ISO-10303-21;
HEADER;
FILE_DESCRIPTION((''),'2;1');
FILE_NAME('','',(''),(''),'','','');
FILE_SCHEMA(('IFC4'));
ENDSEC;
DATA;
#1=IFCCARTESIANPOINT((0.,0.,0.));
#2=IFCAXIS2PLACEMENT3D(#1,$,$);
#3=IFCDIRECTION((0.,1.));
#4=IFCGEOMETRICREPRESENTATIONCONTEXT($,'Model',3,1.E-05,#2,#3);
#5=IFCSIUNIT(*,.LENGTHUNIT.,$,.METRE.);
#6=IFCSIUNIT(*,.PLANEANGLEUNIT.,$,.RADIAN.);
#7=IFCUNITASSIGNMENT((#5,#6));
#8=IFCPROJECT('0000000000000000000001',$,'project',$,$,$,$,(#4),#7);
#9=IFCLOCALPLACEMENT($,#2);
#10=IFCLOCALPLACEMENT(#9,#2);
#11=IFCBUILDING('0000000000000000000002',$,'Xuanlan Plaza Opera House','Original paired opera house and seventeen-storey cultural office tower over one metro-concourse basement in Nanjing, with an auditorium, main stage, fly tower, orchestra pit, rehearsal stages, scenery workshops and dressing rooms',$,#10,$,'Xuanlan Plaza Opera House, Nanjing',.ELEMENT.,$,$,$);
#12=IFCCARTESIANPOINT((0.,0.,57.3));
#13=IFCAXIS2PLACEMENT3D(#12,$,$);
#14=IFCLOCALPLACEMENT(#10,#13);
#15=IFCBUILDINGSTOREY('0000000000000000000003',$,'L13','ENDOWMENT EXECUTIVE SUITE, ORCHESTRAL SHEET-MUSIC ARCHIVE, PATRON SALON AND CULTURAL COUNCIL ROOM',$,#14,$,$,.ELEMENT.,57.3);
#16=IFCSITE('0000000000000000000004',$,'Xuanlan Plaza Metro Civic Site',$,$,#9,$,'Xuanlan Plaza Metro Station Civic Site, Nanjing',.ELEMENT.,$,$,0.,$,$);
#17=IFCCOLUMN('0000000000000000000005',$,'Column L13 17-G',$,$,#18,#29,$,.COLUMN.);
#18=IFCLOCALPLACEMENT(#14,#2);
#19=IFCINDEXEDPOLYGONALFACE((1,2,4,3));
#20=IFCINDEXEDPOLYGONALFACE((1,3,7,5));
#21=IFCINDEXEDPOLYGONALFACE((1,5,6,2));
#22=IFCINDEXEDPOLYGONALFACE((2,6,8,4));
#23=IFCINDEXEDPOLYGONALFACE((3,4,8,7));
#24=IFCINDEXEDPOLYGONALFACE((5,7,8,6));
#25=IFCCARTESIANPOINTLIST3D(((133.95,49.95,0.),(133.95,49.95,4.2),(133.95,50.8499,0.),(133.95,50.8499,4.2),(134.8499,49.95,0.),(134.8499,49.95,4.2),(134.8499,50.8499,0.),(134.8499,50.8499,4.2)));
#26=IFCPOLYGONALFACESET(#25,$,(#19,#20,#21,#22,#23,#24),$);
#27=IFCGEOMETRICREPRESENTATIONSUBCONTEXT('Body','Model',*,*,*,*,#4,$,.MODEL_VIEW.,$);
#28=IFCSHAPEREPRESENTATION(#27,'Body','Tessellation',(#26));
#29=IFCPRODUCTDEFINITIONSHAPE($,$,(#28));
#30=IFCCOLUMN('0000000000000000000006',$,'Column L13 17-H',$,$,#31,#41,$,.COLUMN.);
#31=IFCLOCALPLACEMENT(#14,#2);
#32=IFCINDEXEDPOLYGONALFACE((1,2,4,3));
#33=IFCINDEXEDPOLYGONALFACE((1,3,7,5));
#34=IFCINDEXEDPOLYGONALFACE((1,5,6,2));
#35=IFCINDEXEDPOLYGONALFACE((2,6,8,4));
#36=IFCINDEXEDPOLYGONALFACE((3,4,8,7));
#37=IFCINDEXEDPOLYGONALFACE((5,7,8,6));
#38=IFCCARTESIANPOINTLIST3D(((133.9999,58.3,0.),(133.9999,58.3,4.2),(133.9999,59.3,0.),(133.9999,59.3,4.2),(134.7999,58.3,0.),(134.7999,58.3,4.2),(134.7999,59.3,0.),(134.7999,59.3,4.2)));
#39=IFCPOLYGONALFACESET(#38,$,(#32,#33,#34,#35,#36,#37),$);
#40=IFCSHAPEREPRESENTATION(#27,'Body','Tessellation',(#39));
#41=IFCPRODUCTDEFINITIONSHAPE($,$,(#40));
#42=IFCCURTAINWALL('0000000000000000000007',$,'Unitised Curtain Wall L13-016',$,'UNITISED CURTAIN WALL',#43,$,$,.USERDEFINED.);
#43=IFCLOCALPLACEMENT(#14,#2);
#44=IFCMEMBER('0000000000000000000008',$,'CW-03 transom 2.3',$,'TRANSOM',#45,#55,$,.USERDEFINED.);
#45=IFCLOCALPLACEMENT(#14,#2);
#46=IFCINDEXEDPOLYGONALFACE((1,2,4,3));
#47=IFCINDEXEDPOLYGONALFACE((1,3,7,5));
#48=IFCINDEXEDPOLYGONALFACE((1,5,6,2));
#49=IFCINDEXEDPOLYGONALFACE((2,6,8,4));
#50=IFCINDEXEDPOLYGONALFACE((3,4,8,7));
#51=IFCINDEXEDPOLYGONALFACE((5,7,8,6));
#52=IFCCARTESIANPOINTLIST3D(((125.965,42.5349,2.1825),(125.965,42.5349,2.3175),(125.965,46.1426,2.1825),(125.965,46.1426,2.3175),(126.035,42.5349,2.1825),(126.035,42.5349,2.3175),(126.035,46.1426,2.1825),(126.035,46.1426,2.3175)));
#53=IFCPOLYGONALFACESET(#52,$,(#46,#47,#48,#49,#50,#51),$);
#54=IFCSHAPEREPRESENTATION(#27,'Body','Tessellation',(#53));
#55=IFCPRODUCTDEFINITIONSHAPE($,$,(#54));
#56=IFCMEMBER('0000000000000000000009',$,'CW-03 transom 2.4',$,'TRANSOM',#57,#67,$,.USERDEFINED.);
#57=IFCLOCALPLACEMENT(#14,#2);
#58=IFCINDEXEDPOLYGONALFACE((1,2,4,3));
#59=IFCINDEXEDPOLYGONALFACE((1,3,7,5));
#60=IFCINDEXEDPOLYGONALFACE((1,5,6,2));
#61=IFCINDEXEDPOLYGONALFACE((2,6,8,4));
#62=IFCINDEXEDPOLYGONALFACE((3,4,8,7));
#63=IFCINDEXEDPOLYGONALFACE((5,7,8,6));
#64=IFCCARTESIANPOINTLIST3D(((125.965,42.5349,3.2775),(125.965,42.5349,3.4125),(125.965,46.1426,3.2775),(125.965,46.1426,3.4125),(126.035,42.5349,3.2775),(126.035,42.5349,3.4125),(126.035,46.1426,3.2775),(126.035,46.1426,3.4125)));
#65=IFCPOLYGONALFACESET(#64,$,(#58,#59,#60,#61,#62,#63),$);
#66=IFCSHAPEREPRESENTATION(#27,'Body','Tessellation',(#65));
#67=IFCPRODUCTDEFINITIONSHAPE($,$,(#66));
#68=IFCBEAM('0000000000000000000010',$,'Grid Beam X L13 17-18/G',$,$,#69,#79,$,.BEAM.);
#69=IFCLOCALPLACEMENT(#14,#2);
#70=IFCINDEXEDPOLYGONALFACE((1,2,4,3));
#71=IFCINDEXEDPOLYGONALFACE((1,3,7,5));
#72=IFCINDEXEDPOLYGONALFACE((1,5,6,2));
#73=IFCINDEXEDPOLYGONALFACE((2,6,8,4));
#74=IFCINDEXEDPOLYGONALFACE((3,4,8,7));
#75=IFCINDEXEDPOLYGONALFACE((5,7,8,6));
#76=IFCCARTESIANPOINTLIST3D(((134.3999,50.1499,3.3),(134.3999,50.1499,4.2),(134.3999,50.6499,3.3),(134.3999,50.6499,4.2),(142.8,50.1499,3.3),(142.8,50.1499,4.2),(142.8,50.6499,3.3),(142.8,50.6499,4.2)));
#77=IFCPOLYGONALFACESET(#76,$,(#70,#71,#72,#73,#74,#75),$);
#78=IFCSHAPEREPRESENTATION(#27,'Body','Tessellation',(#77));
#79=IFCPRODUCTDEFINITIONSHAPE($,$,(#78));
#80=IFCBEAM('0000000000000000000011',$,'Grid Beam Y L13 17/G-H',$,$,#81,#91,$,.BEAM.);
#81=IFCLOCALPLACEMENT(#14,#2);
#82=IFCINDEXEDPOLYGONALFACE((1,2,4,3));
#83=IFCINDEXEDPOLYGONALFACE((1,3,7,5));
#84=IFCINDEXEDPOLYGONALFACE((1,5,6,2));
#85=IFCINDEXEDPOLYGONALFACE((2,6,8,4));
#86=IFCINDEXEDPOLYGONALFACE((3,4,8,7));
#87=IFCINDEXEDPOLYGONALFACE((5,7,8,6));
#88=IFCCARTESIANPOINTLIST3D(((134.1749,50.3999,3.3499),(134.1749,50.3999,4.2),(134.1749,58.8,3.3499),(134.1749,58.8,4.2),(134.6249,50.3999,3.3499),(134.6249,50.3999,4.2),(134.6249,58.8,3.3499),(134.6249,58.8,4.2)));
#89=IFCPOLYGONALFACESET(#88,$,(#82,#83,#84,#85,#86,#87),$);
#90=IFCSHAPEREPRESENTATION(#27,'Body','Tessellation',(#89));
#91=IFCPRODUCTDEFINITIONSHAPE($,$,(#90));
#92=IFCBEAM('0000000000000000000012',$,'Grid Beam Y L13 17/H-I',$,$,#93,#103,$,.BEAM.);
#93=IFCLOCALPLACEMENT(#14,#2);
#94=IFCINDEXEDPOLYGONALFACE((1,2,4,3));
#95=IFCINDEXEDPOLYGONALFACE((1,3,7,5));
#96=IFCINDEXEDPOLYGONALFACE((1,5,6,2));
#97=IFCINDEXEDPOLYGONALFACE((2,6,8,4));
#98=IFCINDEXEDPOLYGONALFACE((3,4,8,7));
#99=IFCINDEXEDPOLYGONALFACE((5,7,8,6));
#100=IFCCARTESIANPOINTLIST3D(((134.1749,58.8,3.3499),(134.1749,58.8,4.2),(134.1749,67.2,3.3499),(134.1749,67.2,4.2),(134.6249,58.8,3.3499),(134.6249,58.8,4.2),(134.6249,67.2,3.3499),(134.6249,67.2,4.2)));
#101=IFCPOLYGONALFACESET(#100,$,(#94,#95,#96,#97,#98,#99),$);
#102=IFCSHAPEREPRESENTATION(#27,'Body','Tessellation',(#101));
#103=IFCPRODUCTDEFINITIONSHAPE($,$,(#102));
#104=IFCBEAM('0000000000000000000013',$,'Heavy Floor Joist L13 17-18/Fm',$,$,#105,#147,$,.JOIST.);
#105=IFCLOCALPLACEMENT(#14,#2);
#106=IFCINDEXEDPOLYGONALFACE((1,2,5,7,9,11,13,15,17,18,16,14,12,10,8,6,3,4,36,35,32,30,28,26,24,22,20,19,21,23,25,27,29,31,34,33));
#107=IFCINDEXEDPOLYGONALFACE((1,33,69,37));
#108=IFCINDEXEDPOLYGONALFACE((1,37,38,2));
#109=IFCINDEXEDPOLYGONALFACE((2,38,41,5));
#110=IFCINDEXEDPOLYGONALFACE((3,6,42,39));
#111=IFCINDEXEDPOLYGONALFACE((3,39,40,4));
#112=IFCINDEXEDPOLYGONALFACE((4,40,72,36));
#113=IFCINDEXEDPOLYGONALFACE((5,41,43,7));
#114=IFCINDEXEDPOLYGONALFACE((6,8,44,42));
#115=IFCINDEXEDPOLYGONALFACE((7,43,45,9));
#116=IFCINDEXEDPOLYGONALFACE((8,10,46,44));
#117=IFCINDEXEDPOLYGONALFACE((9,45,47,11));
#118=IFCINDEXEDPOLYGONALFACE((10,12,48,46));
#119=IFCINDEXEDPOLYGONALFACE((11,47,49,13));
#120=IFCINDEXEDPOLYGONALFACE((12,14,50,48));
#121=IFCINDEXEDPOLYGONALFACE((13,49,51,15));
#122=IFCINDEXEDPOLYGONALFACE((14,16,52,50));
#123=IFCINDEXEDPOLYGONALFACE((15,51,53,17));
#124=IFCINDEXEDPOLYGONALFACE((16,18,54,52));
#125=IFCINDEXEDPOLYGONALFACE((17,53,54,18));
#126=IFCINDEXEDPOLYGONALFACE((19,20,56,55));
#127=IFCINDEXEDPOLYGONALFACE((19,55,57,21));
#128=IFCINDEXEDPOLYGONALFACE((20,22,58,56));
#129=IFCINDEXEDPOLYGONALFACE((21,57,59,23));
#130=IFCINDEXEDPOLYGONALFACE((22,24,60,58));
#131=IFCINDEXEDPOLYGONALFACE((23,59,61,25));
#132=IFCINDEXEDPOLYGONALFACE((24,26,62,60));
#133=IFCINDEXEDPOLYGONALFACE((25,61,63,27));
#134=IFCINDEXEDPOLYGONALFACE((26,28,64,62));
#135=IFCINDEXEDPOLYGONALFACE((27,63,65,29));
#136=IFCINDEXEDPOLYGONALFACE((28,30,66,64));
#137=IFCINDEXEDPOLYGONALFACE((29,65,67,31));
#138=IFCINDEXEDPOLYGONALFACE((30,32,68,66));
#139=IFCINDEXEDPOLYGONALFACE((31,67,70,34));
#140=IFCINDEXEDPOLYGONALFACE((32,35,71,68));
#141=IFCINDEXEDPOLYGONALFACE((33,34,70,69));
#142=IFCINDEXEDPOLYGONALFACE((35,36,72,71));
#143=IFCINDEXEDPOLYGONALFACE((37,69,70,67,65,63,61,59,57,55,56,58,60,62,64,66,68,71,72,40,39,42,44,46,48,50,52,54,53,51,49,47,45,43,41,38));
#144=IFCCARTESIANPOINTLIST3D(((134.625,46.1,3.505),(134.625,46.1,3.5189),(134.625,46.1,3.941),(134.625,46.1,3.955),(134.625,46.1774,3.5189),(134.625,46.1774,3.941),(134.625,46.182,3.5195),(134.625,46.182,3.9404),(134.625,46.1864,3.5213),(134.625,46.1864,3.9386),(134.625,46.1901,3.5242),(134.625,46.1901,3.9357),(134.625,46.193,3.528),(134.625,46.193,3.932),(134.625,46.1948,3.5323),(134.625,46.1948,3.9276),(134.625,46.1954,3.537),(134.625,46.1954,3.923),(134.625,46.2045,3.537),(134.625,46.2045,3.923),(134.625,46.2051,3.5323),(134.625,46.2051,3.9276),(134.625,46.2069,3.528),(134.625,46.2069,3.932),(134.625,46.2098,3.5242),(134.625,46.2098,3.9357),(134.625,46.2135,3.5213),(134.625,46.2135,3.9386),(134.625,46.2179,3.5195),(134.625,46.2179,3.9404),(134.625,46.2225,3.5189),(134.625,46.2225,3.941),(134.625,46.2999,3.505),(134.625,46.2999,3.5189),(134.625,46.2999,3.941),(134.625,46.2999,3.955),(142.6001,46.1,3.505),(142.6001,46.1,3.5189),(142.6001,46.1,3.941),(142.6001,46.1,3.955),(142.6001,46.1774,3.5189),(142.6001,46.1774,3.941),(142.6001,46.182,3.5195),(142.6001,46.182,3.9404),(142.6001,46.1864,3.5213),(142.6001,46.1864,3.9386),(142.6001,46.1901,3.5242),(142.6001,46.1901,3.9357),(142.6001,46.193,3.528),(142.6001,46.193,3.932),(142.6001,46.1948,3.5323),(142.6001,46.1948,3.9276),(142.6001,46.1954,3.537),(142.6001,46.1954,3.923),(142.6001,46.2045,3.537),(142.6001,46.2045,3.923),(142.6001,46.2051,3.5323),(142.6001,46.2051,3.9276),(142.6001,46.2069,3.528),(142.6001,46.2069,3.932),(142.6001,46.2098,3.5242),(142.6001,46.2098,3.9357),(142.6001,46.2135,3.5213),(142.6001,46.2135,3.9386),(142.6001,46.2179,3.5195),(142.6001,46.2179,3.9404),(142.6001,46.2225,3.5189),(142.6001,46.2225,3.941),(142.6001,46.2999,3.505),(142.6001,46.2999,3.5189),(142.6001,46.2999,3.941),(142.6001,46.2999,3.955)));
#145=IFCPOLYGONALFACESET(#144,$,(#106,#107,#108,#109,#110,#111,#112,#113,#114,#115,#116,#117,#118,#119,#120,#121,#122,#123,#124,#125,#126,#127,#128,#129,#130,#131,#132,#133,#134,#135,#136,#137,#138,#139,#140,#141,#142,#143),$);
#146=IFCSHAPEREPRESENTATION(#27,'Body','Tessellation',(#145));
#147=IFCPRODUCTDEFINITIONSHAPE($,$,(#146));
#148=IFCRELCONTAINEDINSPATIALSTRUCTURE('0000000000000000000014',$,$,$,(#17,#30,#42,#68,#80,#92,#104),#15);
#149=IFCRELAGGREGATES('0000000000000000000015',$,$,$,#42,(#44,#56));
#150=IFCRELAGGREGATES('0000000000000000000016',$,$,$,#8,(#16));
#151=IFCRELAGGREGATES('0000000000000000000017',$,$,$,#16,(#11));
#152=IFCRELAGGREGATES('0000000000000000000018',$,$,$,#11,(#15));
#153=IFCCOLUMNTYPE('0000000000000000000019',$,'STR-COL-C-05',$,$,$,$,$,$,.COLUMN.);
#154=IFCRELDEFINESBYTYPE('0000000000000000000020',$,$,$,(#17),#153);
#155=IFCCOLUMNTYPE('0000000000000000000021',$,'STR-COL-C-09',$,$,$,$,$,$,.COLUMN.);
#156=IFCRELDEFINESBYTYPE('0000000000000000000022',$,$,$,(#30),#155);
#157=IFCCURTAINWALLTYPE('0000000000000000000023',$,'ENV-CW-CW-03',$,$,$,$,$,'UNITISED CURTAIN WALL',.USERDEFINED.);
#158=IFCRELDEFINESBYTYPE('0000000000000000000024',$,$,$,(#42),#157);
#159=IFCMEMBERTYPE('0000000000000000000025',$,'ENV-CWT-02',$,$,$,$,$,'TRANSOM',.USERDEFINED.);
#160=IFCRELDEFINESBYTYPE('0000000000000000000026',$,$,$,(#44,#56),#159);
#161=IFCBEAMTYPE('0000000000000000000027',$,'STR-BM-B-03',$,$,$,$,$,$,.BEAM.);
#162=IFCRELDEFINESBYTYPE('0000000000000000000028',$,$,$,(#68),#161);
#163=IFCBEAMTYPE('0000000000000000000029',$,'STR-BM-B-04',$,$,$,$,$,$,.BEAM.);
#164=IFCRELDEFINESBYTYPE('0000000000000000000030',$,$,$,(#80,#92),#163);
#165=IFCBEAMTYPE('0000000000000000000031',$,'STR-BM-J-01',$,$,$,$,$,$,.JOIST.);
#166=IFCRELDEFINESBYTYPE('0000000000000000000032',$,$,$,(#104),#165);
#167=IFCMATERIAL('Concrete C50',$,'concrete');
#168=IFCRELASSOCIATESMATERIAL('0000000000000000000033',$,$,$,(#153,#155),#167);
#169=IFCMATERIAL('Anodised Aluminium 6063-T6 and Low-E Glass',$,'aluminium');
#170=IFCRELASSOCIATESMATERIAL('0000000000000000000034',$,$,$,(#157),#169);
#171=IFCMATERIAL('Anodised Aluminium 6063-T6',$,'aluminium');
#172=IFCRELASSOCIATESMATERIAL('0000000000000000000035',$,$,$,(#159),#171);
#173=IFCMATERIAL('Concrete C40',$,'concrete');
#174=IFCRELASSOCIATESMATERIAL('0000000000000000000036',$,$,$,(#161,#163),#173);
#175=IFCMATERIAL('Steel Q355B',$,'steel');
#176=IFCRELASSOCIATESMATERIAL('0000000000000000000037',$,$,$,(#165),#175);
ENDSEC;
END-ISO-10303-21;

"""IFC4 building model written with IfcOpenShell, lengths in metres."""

from ifc_helpers import new_model, si_unit, direction, frame, origin, origin_2d, place, context, subcontext, project, spatial, rectangle, i_section, extrude, material, material_profile, profile_set, type_object, element, aggregate, save


model = new_model("IFC4")

# Units and contexts
model_context = context("Model", 3, precision=1e-05, world=origin(), true_north=direction((0.0, 1.0)))
body_context = subcontext(model_context, "Body", "Model", "MODEL_VIEW")
ifc_project = project(units=[si_unit("LENGTHUNIT", "METRE"), si_unit("PLANEANGLEUNIT", "RADIAN")], contexts=[model_context])

# Site, building, storey
site_placement = place(None, origin())
site = spatial("IfcSite", under=ifc_project, at=site_placement, Name="Xuanlan Plaza Metro Civic Site", LongName="Xuanlan Plaza Metro Station Civic Site, Nanjing", CompositionType="ELEMENT", RefElevation=0.0)
building_placement = place(site_placement, origin())
building = spatial("IfcBuilding", under=site, at=building_placement, Name="Xuanlan Plaza Opera House", Description="Original paired opera house and seventeen-storey cultural office tower over one metro-concourse basement in Nanjing, with an auditorium, main stage, fly tower, orchestra pit, rehearsal stages, scenery workshops and dressing rooms", LongName="Xuanlan Plaza Opera House, Nanjing", CompositionType="ELEMENT")
storey_placement = place(building_placement, frame((0.0, 0.0, 57.3)))
storey = spatial("IfcBuildingStorey", under=building, at=storey_placement, Name="L13", Description="ENDOWMENT EXECUTIVE SUITE, ORCHESTRAL SHEET-MUSIC ARCHIVE, PATRON SALON AND CULTURAL COUNCIL ROOM", CompositionType="ELEMENT", Elevation=57.3)

# Columns
ifc_material_1 = material(Name="Concrete C50", Category="concrete")
ifc_material_profile_1 = material_profile(ifc_material_1, rectangle(XDim=0.8999, YDim=0.8999, at=origin_2d()), Name="RC-COL 900x900")
ifc_profile_set_1 = profile_set([ifc_material_profile_1], Name="Concrete C50")
column_type_1 = type_object("IfcColumnType", Name="STR-COL-C-05", PredefinedType="COLUMN", material=ifc_profile_set_1)
column_1_placement = place(storey_placement, frame((134.3999, 50.3999, 0.0), z_axis=(0.0, 0.0, 1.0), x_axis=(1.0, 0.0, 0.0)))
element("IfcColumn", 1, at=column_1_placement, inside=storey, type_object=column_type_1, Name="Column L13 17-G", PredefinedType="COLUMN", context=body_context, shape_type="SweptSolid", body=[
    extrude(rectangle(XDim=0.8999, YDim=0.8999, at=origin_2d()), origin(), (0.0, 0.0, 1.0), 4.2),
])
ifc_material_profile_2 = material_profile(ifc_material_1, rectangle(XDim=0.8, YDim=1.0, at=origin_2d()), Name="RC-COL 800x1000")
ifc_profile_set_2 = profile_set([ifc_material_profile_2], Name="Concrete C50")
column_type_2 = type_object("IfcColumnType", Name="STR-COL-C-09", PredefinedType="COLUMN", material=ifc_profile_set_2)
column_2_placement = place(storey_placement, frame((134.3999, 58.8, 0.0), z_axis=(0.0, 0.0, 1.0), x_axis=(1.0, 0.0, 0.0)))
element("IfcColumn", 2, at=column_2_placement, inside=storey, type_object=column_type_2, Name="Column L13 17-H", PredefinedType="COLUMN", context=body_context, shape_type="SweptSolid", body=[
    extrude(rectangle(XDim=0.8, YDim=1.0, at=origin_2d()), origin(), (0.0, 0.0, 1.0), 4.2),
])

# Curtain wall, members
ifc_material_2 = material(Name="Anodised Aluminium 6063-T6 and Low-E Glass", Category="aluminium")
curtain_wall_type = type_object("IfcCurtainWallType", Name="ENV-CW-CW-03", ElementType="UNITISED CURTAIN WALL", PredefinedType="USERDEFINED", material=ifc_material_2)
curtain_wall_placement = place(storey_placement, origin())
curtain_wall = element("IfcCurtainWall", 3, at=curtain_wall_placement, inside=storey, type_object=curtain_wall_type, Name="Unitised Curtain Wall L13-016", ObjectType="UNITISED CURTAIN WALL", PredefinedType="USERDEFINED")
ifc_material_3 = material(Name="Anodised Aluminium 6063-T6", Category="aluminium")
ifc_material_profile_3 = material_profile(ifc_material_3, rectangle(XDim=0.0701, YDim=0.135, at=origin_2d()), Name="ALU-T 70x135")
ifc_profile_set_3 = profile_set([ifc_material_profile_3], Name="Anodised Aluminium 6063-T6")
member_type = type_object("IfcMemberType", Name="ENV-CWT-02", ElementType="TRANSOM", PredefinedType="USERDEFINED", material=ifc_profile_set_3)
member_1_placement = place(storey_placement, frame((126.0, 46.1426, 2.25), z_axis=(0.0, -1.0, 0.0), x_axis=(1.0, 0.0, 0.0)))
member_1 = element("IfcMember", 4, at=member_1_placement, type_object=member_type, Name="CW-03 transom 2.3", ObjectType="TRANSOM", PredefinedType="USERDEFINED", context=body_context, shape_type="SweptSolid", body=[
    extrude(rectangle(XDim=0.0701, YDim=0.135, at=origin_2d()), origin(), (0.0, 0.0, 1.0), 3.6077),
])
member_2_placement = place(storey_placement, frame((126.0, 46.1426, 3.345), z_axis=(0.0, -1.0, 0.0), x_axis=(1.0, 0.0, 0.0)))
member_2 = element("IfcMember", 5, at=member_2_placement, type_object=member_type, Name="CW-03 transom 2.4", ObjectType="TRANSOM", PredefinedType="USERDEFINED", context=body_context, shape_type="SweptSolid", body=[
    extrude(rectangle(XDim=0.0701, YDim=0.135, at=origin_2d()), origin(), (0.0, 0.0, 1.0), 3.6077),
])

# Beams
ifc_material_4 = material(Name="Concrete C40", Category="concrete")
ifc_material_profile_4 = material_profile(ifc_material_4, rectangle(XDim=0.5, YDim=0.8999, at=origin_2d()), Name="RC-BM 500x900")
ifc_profile_set_4 = profile_set([ifc_material_profile_4], Name="Concrete C40")
beam_type_1 = type_object("IfcBeamType", Name="STR-BM-B-03", PredefinedType="BEAM", material=ifc_profile_set_4)
beam_1_placement = place(storey_placement, frame((134.3999, 50.3999, 3.75), z_axis=(1.0, 0.0, 0.0), x_axis=(0.0, 1.0, 0.0)))
element("IfcBeam", 6, at=beam_1_placement, inside=storey, type_object=beam_type_1, Name="Grid Beam X L13 17-18/G", PredefinedType="BEAM", context=body_context, shape_type="SweptSolid", body=[
    extrude(rectangle(XDim=0.5, YDim=0.8999, at=origin_2d()), origin(), (0.0, 0.0, 1.0), 8.4001),
])
ifc_material_profile_5 = material_profile(ifc_material_4, rectangle(XDim=0.45, YDim=0.8501, at=origin_2d()), Name="RC-BM 450x850")
ifc_profile_set_5 = profile_set([ifc_material_profile_5], Name="Concrete C40")
beam_type_2 = type_object("IfcBeamType", Name="STR-BM-B-04", PredefinedType="BEAM", material=ifc_profile_set_5)
beam_2_placement = place(storey_placement, frame((134.3999, 50.3999, 3.7749), z_axis=(0.0, 1.0, 0.0), x_axis=(-1.0, 0.0, 0.0)))
element("IfcBeam", 7, at=beam_2_placement, inside=storey, type_object=beam_type_2, Name="Grid Beam Y L13 17/G-H", PredefinedType="BEAM", context=body_context, shape_type="SweptSolid", body=[
    extrude(rectangle(XDim=0.45, YDim=0.8501, at=origin_2d()), origin(), (0.0, 0.0, 1.0), 8.4001),
])
beam_3_placement = place(storey_placement, frame((134.3999, 58.8, 3.7749), z_axis=(0.0, 1.0, 0.0), x_axis=(-1.0, 0.0, 0.0)))
element("IfcBeam", 8, at=beam_3_placement, inside=storey, type_object=beam_type_2, Name="Grid Beam Y L13 17/H-I", PredefinedType="BEAM", context=body_context, shape_type="SweptSolid", body=[
    extrude(rectangle(XDim=0.45, YDim=0.8501, at=origin_2d()), origin(), (0.0, 0.0, 1.0), 8.3999),
])
ifc_material_5 = material(Name="Steel Q355B", Category="steel")
ifc_material_profile_6 = material_profile(ifc_material_5, i_section(OverallWidth=0.2, OverallDepth=0.45, WebThickness=0.009, FlangeThickness=0.0139, FilletRadius=0.0181, at=origin_2d()), Name="HN 450x200x9x14")
ifc_profile_set_6 = profile_set([ifc_material_profile_6], Name="Steel Q355B")
beam_type_3 = type_object("IfcBeamType", Name="STR-BM-J-01", PredefinedType="JOIST", material=ifc_profile_set_6)
beam_4_placement = place(storey_placement, frame((134.625, 46.2, 3.73), z_axis=(1.0, 0.0, 0.0), x_axis=(0.0, 1.0, 0.0)))
element("IfcBeam", 9, at=beam_4_placement, inside=storey, type_object=beam_type_3, Name="Heavy Floor Joist L13 17-18/Fm", PredefinedType="JOIST", context=body_context, shape_type="SweptSolid", body=[
    extrude(i_section(OverallWidth=0.2, OverallDepth=0.45, WebThickness=0.009, FlangeThickness=0.0139, FilletRadius=0.0181, at=origin_2d()), origin(), (0.0, 0.0, 1.0), 7.9751),
])

aggregate(curtain_wall, [member_1, member_2])

save(model, "model.ifc")
